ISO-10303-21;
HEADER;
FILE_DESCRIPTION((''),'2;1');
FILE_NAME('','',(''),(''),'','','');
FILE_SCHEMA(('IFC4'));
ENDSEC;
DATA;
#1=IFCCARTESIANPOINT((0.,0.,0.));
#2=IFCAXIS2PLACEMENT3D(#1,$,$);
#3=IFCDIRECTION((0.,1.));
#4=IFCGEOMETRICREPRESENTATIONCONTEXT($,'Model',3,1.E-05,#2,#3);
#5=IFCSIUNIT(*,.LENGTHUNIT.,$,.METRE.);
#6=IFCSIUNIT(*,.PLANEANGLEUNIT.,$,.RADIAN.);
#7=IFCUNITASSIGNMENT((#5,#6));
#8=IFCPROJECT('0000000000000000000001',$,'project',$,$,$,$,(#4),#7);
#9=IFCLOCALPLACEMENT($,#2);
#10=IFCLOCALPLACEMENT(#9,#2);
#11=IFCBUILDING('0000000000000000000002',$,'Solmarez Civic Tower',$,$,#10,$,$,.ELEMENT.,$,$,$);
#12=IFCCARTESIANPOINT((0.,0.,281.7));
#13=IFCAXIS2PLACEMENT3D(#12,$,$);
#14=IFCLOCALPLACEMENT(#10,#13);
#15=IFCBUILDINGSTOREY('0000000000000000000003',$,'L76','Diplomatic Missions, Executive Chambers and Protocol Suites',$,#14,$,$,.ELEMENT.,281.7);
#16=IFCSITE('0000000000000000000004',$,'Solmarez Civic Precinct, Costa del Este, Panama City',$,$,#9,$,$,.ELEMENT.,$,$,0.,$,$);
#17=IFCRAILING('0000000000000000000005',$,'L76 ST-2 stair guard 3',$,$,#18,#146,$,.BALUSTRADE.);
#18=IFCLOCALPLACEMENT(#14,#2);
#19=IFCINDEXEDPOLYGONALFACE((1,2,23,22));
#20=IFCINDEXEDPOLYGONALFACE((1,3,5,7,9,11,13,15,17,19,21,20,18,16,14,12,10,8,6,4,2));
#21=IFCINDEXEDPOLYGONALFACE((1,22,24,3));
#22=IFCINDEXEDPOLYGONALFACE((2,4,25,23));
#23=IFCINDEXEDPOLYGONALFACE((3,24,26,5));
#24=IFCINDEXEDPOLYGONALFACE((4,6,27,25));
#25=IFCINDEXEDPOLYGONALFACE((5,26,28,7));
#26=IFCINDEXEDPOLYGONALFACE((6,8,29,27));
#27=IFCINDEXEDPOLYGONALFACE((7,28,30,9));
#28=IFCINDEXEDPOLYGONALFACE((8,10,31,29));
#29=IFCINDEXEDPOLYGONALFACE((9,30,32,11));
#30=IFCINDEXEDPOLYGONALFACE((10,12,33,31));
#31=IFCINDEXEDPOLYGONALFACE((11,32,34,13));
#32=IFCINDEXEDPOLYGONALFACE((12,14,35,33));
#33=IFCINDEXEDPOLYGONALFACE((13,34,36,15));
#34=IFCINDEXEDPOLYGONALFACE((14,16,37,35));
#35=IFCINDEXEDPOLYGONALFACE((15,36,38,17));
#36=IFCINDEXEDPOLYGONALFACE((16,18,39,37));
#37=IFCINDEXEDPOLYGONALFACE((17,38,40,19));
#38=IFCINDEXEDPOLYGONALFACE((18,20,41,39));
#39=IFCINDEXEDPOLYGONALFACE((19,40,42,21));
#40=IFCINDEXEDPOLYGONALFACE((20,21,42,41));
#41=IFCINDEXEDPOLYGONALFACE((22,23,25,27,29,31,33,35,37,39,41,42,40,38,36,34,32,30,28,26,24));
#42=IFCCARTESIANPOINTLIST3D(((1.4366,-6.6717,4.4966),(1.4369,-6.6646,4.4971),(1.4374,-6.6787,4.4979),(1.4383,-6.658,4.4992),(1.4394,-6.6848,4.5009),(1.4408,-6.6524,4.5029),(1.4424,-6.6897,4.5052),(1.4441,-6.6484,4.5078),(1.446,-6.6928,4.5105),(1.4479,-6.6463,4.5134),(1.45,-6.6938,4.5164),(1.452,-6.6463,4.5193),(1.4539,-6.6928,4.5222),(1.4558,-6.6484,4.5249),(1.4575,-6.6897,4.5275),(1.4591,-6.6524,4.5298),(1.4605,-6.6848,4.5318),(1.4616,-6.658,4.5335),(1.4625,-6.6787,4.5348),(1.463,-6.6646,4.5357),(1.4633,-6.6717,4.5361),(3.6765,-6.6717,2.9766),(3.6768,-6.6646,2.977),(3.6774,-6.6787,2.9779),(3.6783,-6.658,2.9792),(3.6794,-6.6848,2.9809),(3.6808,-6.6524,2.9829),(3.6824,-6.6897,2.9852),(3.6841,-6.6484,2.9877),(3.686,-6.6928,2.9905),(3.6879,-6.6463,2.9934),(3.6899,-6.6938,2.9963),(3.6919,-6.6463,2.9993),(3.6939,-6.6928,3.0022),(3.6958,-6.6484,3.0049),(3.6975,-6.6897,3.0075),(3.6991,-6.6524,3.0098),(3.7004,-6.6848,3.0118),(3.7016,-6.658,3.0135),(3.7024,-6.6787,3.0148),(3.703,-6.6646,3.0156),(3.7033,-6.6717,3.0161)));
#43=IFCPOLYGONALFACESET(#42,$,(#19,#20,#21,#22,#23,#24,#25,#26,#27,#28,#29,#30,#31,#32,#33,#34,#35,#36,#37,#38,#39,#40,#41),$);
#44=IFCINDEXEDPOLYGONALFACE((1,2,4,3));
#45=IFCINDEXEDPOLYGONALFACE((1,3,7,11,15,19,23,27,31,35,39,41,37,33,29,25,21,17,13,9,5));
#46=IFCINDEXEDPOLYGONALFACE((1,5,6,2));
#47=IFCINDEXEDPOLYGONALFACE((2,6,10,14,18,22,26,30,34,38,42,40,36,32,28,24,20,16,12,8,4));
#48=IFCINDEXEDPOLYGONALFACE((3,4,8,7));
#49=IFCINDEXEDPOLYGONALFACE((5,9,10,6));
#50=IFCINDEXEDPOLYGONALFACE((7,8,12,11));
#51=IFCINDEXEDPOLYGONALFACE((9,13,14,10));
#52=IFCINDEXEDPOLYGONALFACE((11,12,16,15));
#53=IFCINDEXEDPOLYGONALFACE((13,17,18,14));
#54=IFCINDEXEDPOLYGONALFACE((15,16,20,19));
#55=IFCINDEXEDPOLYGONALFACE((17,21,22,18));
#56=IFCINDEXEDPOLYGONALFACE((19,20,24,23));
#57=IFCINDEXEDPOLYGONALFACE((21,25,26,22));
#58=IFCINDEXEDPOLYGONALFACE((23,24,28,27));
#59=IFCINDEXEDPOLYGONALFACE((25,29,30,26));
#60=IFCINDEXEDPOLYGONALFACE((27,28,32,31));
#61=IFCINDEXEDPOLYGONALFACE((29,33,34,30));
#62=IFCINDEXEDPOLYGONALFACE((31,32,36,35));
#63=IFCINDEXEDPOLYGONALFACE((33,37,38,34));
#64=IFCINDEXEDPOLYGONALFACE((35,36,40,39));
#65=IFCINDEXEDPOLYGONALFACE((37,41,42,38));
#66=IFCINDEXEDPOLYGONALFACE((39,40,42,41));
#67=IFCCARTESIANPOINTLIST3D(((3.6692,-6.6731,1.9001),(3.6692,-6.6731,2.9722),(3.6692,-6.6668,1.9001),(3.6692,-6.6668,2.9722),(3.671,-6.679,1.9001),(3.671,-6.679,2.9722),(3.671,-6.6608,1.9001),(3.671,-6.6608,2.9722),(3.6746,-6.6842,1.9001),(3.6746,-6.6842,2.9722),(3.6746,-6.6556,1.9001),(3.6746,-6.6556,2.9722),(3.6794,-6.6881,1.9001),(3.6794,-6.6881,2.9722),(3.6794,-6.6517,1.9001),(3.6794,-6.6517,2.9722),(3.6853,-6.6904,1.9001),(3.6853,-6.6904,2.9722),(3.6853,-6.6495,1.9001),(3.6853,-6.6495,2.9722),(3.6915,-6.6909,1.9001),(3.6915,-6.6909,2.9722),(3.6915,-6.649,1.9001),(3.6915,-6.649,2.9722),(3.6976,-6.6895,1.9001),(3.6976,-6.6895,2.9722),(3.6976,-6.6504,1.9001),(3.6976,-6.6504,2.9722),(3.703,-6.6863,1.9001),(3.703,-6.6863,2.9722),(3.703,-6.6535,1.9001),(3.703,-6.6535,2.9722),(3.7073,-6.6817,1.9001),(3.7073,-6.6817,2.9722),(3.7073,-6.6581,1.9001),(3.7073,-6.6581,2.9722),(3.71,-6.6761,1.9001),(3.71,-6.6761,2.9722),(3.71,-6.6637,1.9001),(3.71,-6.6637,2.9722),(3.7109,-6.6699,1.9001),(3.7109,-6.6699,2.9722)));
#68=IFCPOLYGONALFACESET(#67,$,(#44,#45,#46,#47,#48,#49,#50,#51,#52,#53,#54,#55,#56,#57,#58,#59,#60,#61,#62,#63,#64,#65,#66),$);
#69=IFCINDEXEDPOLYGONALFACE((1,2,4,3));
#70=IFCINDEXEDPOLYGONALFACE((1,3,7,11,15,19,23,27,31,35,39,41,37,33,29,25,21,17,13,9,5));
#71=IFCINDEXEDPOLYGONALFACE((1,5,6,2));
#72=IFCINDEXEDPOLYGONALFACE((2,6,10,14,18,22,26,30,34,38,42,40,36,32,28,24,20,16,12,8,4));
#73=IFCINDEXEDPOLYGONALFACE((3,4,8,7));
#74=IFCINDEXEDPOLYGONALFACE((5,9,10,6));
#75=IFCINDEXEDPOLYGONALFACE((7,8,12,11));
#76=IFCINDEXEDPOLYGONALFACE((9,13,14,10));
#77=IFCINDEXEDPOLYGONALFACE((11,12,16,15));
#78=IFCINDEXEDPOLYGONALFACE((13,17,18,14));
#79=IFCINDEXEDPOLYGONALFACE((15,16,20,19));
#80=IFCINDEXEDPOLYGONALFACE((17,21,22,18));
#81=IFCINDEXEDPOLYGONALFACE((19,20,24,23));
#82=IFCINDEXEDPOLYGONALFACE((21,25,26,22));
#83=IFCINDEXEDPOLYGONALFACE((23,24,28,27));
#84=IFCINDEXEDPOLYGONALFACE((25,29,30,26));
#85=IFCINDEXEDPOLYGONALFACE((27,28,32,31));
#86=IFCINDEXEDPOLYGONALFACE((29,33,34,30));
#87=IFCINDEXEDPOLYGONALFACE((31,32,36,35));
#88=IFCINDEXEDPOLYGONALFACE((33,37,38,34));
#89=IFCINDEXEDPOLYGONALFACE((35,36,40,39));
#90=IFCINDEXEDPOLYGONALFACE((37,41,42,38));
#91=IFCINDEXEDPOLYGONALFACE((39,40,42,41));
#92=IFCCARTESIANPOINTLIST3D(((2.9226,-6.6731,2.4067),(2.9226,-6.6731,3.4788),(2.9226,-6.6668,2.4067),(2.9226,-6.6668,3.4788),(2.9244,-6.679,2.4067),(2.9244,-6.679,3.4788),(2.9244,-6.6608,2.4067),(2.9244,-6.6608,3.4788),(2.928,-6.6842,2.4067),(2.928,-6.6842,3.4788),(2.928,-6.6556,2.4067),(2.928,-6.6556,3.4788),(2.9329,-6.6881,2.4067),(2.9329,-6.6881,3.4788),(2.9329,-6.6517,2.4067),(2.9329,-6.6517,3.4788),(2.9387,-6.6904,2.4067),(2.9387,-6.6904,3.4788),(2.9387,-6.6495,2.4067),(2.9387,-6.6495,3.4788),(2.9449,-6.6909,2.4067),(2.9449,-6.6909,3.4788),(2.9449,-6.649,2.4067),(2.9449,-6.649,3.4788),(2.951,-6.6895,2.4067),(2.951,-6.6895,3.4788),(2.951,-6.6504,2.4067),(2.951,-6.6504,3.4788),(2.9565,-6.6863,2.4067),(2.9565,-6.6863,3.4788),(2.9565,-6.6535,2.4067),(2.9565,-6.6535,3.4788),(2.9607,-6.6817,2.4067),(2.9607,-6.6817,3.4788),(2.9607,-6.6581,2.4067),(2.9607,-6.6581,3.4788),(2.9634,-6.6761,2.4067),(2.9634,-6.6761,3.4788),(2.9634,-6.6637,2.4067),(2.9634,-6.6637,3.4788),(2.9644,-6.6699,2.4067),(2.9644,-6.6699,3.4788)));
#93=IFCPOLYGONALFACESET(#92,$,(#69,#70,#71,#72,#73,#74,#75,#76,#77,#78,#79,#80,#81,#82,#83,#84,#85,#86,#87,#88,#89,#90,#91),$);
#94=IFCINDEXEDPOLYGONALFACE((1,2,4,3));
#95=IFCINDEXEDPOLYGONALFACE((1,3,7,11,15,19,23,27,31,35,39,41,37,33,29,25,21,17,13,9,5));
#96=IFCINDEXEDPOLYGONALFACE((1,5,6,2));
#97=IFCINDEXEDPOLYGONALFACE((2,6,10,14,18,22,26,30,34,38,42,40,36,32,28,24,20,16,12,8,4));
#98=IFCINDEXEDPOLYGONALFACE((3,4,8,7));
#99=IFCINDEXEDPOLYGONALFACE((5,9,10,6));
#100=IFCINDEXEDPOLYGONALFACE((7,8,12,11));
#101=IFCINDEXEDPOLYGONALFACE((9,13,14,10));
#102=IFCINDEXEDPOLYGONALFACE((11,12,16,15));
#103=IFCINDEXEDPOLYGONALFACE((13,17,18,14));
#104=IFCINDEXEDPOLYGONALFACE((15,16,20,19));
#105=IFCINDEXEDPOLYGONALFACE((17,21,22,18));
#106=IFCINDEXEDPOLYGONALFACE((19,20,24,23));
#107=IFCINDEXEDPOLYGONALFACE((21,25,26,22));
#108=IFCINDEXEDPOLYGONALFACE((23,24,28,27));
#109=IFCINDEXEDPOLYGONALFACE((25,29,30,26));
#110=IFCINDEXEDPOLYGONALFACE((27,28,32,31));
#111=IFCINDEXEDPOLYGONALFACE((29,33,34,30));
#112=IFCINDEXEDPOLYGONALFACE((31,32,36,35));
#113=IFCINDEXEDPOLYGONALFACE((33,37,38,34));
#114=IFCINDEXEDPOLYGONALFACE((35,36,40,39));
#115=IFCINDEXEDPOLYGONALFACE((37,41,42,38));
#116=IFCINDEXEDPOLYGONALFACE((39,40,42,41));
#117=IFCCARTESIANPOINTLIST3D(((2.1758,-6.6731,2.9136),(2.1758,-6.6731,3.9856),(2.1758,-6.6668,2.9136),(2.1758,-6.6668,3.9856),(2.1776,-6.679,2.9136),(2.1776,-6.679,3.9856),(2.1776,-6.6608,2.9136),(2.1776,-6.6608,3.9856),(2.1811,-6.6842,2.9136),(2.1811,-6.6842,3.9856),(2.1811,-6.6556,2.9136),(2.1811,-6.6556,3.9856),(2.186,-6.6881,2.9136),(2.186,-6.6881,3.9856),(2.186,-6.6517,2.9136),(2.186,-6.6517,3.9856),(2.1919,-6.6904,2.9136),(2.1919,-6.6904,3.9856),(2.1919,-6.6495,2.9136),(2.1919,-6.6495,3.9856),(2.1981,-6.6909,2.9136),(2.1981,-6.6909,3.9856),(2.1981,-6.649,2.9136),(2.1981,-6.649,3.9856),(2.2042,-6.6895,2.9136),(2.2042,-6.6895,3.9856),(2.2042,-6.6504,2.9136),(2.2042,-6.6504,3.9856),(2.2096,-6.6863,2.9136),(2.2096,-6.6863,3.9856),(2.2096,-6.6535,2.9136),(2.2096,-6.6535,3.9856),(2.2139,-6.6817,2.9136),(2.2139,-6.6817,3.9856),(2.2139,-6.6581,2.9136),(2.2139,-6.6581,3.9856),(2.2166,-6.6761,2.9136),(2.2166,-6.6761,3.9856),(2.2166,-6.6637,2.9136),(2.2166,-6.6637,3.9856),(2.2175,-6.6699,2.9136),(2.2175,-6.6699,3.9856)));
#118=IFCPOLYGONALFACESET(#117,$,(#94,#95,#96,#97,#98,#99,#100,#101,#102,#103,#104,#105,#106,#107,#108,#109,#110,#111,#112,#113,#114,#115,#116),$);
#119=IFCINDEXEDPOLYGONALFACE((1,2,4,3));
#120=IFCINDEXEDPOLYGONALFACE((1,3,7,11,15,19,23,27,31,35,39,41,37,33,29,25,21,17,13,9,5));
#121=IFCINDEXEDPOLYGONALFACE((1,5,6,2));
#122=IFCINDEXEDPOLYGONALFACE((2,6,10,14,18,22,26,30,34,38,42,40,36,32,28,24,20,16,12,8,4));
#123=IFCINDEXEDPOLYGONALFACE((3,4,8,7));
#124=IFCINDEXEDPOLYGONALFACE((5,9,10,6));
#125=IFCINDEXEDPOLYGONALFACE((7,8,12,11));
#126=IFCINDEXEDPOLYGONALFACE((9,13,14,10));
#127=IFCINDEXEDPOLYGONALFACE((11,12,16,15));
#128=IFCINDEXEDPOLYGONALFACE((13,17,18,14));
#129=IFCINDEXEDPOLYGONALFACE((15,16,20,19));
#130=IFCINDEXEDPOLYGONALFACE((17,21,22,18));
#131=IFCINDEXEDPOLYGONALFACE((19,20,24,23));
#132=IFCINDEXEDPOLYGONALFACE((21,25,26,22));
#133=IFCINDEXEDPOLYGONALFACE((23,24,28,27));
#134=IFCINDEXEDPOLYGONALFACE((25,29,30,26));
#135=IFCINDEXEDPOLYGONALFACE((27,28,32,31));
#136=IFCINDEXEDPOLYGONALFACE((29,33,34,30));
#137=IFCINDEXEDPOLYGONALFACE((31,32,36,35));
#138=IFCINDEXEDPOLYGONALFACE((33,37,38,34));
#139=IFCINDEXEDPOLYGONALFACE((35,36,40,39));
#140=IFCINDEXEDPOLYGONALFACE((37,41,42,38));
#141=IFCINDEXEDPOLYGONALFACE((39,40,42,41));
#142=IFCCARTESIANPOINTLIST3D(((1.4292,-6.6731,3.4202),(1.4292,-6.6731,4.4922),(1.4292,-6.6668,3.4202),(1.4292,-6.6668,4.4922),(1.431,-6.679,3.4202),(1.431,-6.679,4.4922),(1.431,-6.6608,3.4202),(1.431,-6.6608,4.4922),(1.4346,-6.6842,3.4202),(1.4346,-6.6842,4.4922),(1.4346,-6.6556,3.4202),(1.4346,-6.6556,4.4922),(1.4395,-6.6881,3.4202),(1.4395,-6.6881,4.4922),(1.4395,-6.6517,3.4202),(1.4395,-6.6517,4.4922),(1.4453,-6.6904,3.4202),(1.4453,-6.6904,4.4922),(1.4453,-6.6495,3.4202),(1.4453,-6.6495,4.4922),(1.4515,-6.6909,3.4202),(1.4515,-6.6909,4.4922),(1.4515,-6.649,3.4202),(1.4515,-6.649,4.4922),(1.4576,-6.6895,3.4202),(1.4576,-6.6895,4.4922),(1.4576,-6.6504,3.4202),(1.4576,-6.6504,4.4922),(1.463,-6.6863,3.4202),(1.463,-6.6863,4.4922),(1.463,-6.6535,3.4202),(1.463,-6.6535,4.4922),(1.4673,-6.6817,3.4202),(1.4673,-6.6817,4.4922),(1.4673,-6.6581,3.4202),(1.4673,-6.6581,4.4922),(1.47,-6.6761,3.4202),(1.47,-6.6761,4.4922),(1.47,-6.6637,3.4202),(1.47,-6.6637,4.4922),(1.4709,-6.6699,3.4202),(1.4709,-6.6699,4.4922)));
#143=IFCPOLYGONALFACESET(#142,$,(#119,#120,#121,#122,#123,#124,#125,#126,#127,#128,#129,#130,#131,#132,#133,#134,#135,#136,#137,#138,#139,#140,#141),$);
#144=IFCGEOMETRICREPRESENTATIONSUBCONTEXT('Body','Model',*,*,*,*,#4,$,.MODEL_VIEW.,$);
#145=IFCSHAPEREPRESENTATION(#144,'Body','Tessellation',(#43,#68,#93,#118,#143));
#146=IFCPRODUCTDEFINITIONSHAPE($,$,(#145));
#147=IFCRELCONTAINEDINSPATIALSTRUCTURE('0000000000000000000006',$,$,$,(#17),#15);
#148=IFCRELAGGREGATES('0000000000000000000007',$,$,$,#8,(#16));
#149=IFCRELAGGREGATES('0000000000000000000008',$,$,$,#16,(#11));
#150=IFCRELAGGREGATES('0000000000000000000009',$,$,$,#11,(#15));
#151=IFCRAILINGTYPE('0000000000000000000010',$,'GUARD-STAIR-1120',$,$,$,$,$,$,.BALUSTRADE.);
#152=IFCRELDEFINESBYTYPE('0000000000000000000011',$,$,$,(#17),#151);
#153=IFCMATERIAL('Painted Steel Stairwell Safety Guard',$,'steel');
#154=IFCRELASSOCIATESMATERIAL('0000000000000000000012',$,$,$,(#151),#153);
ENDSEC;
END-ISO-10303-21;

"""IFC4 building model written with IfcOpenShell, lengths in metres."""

from ifc_helpers import new_model, si_unit, direction, frame, origin, origin_2d, place, context, subcontext, project, spatial, circle, extrude, material, type_object, element, save


model = new_model("IFC4")

# Units and contexts
model_context = context("Model", 3, precision=1e-05, world=origin(), true_north=direction((0.0, 1.0)))
body_context = subcontext(model_context, "Body", "Model", "MODEL_VIEW")
ifc_project = project(units=[si_unit("LENGTHUNIT", "METRE"), si_unit("PLANEANGLEUNIT", "RADIAN")], contexts=[model_context])

# Site, building, storey
site_placement = place(None, origin())
site = spatial("IfcSite", under=ifc_project, at=site_placement, Name="Solmarez Civic Precinct, Costa del Este, Panama City", CompositionType="ELEMENT", RefElevation=0.0)
building_placement = place(site_placement, origin())
building = spatial("IfcBuilding", under=site, at=building_placement, Name="Solmarez Civic Tower", CompositionType="ELEMENT")
storey_placement = place(building_placement, frame((0.0, 0.0, 281.7)))
storey = spatial("IfcBuildingStorey", under=building, at=storey_placement, Name="L76", Description="Diplomatic Missions, Executive Chambers and Protocol Suites", CompositionType="ELEMENT", Elevation=281.7)

# Railing
ifc_material_1 = material(Name="Painted Steel Stairwell Safety Guard", Category="steel")
railing_type_1 = type_object("IfcRailingType", Name="GUARD-STAIR-1120", PredefinedType="BALUSTRADE", material=ifc_material_1)
railing_1_placement = place(storey_placement, frame((3.6899, -6.6699, 1.9001)))
element("IfcRailing", 1, at=railing_1_placement, inside=storey, type_object=railing_type_1, Name="L76 ST-2 stair guard 3", PredefinedType="BALUSTRADE", context=body_context, shape_type="SweptSolid", body=[
    extrude(circle(Radius=0.0239, at=origin_2d()), frame((0.0, 0.0, 1.0962), z_axis=(-0.827471, 0.0, 0.561508), x_axis=(0.0, -1.0, 0.0)), (0.0, 0.0, 1.0), 2.707),
    extrude(circle(Radius=0.021, at=origin_2d()), origin(), (0.0, 0.0, 1.0), 1.072),
    extrude(circle(Radius=0.021, at=origin_2d()), frame((-0.7466, 0.0, 0.5066)), (0.0, 0.0, 1.0), 1.072),
    extrude(circle(Radius=0.021, at=origin_2d()), frame((-1.4934, 0.0, 1.0134)), (0.0, 0.0, 1.0), 1.072),
    extrude(circle(Radius=0.021, at=origin_2d()), frame((-2.24, 0.0, 1.52)), (0.0, 0.0, 1.0), 1.072),
])

save(model, "model.ifc")
